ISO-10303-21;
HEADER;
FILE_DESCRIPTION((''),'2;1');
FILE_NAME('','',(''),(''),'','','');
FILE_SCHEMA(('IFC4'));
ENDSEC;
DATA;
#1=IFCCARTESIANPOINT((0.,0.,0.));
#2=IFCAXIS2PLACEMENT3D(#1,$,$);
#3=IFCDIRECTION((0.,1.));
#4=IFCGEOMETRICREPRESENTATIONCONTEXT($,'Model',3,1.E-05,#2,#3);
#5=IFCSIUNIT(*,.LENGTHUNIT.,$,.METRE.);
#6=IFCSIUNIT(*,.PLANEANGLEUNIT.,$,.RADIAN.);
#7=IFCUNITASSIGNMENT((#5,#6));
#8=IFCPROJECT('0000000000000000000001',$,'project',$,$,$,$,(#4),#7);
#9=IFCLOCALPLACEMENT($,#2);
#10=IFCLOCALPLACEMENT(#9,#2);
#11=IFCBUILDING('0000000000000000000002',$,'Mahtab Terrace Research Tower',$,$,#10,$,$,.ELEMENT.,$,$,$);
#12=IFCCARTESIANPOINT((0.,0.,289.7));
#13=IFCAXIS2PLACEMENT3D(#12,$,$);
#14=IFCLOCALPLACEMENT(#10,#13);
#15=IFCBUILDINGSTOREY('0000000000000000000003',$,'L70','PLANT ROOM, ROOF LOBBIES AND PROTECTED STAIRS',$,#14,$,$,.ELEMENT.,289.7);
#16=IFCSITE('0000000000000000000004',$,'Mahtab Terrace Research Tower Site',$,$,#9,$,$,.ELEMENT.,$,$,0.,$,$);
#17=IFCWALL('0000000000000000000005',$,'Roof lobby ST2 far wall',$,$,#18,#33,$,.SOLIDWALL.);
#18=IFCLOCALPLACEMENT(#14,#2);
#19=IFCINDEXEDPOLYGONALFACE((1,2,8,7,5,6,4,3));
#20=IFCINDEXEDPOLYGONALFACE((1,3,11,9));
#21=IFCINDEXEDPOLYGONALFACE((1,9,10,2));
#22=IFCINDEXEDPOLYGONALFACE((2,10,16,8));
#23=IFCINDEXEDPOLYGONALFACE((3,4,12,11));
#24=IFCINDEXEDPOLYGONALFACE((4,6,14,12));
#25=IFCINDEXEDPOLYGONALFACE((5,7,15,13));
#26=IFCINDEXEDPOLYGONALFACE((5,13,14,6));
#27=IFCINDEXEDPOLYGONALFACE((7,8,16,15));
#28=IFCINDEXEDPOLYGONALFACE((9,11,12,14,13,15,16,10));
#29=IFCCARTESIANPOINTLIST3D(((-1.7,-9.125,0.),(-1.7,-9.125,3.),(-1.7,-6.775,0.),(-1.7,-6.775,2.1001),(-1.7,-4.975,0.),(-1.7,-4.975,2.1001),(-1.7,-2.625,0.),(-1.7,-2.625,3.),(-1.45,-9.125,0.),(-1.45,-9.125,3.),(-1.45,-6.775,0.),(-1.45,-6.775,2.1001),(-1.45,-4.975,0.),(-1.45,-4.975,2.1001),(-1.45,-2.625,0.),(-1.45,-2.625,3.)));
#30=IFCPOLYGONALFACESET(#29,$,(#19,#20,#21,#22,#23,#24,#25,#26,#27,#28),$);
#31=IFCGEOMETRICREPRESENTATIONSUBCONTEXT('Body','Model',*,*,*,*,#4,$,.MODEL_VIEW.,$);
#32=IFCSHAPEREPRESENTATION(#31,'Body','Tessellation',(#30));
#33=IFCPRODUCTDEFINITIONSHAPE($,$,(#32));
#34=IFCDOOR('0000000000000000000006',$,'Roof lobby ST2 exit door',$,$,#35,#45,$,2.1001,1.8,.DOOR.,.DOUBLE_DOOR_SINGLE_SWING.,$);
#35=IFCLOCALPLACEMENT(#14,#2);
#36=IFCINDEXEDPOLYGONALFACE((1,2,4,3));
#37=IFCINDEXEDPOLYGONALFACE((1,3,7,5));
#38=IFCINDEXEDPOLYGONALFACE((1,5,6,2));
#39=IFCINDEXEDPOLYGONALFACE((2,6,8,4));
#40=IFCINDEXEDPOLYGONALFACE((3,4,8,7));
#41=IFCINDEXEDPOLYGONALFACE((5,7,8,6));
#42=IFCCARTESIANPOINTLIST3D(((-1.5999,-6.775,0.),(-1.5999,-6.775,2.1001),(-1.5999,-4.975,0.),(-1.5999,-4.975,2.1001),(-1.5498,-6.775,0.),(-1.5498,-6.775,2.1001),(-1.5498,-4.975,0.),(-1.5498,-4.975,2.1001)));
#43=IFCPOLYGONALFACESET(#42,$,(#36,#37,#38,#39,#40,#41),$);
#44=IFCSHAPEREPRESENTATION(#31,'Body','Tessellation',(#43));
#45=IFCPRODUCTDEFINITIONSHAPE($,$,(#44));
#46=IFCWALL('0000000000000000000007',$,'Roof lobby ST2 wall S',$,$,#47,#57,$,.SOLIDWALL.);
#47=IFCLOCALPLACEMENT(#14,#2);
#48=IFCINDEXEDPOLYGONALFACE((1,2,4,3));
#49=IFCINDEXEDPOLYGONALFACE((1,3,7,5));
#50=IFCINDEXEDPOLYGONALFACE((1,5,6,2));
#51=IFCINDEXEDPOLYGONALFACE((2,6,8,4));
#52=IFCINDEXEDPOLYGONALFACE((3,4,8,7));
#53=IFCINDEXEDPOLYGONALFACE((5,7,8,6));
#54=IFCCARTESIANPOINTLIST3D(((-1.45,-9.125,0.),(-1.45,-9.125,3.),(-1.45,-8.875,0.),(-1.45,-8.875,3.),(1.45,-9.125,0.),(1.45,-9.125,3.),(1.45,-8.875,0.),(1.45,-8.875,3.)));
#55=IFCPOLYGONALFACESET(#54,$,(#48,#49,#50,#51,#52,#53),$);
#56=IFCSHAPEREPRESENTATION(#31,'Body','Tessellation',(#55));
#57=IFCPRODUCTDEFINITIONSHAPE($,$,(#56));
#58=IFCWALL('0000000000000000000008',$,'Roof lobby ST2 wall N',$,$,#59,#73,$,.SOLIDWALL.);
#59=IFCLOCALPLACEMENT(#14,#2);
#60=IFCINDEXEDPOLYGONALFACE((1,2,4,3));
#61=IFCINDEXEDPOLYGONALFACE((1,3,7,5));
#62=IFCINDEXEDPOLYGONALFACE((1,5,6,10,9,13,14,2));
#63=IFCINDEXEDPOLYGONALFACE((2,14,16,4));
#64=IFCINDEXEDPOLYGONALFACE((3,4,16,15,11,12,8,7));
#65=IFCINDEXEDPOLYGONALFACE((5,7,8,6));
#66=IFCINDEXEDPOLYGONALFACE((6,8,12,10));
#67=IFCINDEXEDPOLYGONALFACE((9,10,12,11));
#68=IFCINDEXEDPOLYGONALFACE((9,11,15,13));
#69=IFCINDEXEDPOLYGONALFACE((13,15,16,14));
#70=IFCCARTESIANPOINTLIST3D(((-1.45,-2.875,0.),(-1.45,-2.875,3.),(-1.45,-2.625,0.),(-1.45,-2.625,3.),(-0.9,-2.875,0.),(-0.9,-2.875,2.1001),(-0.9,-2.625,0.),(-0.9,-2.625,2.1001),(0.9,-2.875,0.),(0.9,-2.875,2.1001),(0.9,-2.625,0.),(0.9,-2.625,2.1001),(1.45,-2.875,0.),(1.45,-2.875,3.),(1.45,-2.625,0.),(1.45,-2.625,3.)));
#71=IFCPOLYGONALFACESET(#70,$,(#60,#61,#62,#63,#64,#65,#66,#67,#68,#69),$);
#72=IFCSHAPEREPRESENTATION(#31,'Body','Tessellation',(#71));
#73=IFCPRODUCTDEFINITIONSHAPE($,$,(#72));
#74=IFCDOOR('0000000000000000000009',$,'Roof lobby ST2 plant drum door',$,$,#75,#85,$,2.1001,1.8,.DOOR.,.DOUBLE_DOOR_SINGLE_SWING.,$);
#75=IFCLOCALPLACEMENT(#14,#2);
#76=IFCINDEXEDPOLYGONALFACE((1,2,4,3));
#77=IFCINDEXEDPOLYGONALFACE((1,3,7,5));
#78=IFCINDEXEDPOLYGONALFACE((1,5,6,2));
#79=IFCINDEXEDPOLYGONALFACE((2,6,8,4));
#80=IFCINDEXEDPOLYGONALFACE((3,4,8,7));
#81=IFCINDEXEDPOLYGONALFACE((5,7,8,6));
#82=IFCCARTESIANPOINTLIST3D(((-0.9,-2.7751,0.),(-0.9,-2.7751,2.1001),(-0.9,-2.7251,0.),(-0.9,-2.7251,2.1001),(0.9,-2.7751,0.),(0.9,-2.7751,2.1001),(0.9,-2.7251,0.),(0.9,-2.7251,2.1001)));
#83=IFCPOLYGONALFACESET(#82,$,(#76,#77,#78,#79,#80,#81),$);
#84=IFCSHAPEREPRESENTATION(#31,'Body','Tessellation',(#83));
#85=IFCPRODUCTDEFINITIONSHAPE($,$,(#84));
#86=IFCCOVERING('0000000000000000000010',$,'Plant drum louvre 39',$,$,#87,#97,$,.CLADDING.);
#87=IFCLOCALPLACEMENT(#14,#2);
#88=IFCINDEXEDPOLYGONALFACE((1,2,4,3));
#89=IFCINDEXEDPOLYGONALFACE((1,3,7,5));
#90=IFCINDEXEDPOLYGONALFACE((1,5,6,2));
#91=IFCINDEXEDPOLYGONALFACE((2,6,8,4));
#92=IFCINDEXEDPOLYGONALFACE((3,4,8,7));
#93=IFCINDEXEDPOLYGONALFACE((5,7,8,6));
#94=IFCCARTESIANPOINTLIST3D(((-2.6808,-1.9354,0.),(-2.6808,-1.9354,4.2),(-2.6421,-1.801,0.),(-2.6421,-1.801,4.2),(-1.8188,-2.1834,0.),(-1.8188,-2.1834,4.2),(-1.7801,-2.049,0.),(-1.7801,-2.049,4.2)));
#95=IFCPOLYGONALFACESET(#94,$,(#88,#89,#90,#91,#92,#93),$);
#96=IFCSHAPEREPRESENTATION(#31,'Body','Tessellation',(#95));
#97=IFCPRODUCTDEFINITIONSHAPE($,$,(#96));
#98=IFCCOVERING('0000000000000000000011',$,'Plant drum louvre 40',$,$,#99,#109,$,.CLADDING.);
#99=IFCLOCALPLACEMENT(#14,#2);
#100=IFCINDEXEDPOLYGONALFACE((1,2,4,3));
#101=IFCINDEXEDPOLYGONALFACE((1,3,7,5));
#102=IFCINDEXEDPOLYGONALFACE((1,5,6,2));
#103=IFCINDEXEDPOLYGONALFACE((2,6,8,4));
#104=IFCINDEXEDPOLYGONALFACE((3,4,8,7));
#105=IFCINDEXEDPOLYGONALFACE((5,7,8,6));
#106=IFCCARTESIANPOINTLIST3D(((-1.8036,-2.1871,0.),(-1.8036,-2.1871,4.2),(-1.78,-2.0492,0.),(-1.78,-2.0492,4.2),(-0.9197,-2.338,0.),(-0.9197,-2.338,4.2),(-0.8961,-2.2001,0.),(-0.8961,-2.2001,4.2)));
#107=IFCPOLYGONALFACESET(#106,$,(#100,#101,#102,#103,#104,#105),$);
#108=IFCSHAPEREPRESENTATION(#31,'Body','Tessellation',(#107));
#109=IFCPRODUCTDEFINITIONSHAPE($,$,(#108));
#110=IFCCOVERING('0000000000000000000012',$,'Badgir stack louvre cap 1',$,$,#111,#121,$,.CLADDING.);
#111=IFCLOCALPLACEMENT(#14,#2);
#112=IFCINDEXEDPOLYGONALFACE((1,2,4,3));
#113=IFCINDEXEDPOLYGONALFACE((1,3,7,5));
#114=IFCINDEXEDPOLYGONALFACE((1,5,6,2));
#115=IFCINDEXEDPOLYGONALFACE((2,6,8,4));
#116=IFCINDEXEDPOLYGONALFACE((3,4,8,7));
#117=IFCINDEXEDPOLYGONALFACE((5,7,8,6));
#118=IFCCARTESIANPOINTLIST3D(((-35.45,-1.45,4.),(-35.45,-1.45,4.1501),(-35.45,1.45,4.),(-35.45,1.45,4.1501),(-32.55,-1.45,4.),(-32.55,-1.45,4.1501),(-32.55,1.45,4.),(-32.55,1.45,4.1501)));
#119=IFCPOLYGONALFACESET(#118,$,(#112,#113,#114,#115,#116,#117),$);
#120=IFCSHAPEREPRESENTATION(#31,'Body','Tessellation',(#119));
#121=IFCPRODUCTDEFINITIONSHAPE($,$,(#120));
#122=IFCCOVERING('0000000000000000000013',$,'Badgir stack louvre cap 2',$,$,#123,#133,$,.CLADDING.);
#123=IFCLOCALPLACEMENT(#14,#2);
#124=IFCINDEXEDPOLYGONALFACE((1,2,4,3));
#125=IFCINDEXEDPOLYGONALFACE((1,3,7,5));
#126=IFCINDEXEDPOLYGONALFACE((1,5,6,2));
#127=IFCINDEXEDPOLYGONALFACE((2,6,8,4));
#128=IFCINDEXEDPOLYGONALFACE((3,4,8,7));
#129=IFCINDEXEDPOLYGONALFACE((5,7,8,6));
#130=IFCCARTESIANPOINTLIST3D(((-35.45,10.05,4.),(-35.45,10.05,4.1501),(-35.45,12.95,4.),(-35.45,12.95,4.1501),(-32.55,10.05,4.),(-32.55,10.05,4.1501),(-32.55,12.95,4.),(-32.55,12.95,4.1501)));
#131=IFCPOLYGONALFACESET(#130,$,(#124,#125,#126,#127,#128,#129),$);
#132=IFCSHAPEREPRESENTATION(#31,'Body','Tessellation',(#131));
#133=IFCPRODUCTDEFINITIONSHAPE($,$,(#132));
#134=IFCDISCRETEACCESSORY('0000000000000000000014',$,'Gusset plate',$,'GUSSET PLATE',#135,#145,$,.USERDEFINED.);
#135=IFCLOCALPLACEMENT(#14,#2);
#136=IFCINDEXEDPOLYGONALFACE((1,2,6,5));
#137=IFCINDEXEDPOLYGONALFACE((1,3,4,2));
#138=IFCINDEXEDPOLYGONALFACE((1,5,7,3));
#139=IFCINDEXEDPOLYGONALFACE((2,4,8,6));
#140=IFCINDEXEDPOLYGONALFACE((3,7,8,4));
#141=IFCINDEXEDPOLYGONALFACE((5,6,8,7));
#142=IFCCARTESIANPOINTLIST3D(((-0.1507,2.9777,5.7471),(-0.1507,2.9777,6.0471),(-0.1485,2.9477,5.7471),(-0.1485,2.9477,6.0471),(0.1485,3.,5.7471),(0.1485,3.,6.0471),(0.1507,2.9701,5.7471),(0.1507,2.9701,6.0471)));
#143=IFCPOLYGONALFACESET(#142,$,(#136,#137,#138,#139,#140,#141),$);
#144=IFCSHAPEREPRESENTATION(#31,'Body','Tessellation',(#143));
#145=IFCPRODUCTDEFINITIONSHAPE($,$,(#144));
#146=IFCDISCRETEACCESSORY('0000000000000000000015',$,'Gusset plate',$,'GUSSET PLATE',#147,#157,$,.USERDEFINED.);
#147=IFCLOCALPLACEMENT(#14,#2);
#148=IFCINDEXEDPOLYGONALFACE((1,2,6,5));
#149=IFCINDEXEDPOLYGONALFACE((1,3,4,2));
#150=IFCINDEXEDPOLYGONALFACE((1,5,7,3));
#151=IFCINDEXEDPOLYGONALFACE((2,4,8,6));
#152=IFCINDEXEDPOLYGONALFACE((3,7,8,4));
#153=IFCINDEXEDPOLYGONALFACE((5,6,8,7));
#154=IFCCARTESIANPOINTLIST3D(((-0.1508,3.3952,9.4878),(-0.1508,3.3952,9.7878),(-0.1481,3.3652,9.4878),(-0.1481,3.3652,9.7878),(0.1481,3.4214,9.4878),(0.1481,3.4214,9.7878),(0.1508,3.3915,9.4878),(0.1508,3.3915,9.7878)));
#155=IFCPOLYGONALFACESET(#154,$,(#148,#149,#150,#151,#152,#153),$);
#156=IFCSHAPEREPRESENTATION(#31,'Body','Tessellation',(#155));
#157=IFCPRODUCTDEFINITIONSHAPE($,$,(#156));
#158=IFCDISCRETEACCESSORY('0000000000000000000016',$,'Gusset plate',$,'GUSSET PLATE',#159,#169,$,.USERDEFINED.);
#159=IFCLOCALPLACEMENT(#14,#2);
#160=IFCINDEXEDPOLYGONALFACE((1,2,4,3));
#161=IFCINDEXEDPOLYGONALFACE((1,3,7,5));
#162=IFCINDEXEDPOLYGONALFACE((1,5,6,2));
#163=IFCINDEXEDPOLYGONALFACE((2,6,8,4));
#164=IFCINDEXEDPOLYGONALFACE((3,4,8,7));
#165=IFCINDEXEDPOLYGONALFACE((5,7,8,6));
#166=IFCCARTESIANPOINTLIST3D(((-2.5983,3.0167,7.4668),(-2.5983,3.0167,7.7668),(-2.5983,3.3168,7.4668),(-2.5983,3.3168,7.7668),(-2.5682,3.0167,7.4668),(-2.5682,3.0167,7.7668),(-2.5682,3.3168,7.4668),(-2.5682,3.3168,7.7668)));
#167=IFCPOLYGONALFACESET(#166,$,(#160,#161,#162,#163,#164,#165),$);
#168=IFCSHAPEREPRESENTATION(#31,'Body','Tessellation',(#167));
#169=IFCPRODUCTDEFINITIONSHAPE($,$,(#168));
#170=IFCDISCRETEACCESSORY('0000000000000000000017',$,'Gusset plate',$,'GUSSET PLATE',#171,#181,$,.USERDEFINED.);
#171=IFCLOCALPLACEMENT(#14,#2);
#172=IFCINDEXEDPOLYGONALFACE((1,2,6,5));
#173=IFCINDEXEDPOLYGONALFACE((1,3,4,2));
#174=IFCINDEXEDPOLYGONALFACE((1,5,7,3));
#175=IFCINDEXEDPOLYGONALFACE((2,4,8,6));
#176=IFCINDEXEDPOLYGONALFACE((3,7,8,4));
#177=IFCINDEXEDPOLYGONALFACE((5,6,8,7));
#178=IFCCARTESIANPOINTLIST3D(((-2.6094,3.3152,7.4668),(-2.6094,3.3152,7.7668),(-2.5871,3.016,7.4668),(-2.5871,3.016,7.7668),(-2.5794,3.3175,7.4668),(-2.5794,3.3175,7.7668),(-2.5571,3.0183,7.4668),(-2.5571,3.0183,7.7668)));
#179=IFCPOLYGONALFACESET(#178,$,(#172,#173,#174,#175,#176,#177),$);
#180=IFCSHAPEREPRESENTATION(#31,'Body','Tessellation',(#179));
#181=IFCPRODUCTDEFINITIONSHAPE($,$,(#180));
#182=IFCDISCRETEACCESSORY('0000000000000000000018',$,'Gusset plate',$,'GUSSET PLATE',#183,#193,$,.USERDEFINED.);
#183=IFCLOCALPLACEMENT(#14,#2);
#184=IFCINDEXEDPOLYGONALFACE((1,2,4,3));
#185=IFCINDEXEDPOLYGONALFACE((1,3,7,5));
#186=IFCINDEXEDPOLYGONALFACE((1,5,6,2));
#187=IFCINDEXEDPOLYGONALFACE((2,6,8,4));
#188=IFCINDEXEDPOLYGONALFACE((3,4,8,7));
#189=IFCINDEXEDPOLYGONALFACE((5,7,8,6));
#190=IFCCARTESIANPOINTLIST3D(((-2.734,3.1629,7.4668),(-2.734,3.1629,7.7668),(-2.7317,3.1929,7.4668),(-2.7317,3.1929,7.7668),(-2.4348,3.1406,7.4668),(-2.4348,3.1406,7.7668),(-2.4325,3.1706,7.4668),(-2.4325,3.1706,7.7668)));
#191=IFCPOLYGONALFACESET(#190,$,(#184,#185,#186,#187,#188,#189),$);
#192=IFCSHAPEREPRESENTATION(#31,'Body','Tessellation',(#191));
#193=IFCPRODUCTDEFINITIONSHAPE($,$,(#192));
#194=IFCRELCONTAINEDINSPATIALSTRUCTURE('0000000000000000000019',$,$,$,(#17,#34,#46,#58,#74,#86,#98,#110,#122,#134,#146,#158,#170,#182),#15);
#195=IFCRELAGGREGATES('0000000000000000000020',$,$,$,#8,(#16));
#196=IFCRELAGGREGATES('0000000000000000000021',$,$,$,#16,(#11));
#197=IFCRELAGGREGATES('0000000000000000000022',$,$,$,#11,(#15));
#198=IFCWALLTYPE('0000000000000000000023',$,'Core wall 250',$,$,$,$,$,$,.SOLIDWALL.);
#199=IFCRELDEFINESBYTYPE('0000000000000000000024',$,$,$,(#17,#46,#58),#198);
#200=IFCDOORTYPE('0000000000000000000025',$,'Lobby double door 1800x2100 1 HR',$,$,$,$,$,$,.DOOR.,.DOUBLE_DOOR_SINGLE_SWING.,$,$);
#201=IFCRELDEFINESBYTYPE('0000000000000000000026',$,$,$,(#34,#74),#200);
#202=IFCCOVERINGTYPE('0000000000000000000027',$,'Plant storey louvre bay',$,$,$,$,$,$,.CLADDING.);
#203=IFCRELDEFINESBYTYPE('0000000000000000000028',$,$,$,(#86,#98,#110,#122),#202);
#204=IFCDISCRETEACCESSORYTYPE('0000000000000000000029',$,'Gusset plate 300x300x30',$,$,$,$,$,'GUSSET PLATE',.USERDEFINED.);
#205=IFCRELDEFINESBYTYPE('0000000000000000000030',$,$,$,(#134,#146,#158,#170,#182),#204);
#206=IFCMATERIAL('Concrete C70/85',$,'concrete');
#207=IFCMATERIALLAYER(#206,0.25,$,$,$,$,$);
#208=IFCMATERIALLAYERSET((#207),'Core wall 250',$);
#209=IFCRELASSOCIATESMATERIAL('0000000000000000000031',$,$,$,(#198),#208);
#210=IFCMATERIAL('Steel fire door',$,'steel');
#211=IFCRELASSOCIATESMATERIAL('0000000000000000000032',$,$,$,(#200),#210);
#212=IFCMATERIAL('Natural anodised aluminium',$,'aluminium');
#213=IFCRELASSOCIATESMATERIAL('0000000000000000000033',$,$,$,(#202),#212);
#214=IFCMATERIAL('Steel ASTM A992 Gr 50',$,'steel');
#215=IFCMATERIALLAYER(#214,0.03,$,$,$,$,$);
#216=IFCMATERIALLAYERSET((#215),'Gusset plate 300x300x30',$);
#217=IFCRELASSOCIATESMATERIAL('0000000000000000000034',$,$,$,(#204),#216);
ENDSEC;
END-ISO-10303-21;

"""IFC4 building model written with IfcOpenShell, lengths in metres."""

from ifc_helpers import new_model, si_unit, direction, frame, frame_2d, origin, origin_2d, place, context, subcontext, project, spatial, polyline, rectangle, outline, extrude, material, layer, layer_set, type_object, element, fill, save


model = new_model("IFC4")

# Units and contexts
model_context = context("Model", 3, precision=1e-05, world=origin(), true_north=direction((0.0, 1.0)))
body_context = subcontext(model_context, "Body", "Model", "MODEL_VIEW")
ifc_project = project(units=[si_unit("LENGTHUNIT", "METRE"), si_unit("PLANEANGLEUNIT", "RADIAN")], contexts=[model_context])

# Site, building, storey
site_placement = place(None, origin())
site = spatial("IfcSite", under=ifc_project, at=site_placement, Name="Mahtab Terrace Research Tower Site", CompositionType="ELEMENT", RefElevation=0.0)
building_placement = place(site_placement, origin())
building = spatial("IfcBuilding", under=site, at=building_placement, Name="Mahtab Terrace Research Tower", CompositionType="ELEMENT")
storey_placement = place(building_placement, frame((0.0, 0.0, 289.7)))
storey = spatial("IfcBuildingStorey", under=building, at=storey_placement, Name="L70", Description="PLANT ROOM, ROOF LOBBIES AND PROTECTED STAIRS", CompositionType="ELEMENT", Elevation=289.7)

# Shared definitions
ifc_material_1 = material(Name="Concrete C70/85", Category="concrete")
ifc_layer_1 = layer(ifc_material_1, 0.25)
ifc_layer_set_1 = layer_set([ifc_layer_1], Name="Core wall 250")
wall_type_1 = type_object("IfcWallType", Name="Core wall 250", PredefinedType="SOLIDWALL", material=ifc_layer_set_1)

# Wall, opening, door
wall_1_placement = place(storey_placement, frame((-1.575, -9.125, 0.0), z_axis=(0.0, 0.0, 1.0), x_axis=(0.0, 1.0, 0.0)))
wall_1 = element("IfcWall", 1, at=wall_1_placement, inside=storey, type_object=wall_type_1, Name="Roof lobby ST2 far wall", PredefinedType="SOLIDWALL", context=body_context, shape_type="SweptSolid", body=[
    extrude(rectangle(XDim=6.5, YDim=0.25, at=frame_2d((3.25, 0.0))), origin(), (0.0, 0.0, 1.0), 3.0),
])
opening_1_placement = place(wall_1_placement, frame((2.3501, 0.0, 0.0)))
opening_1 = element("IfcOpeningElement", 2, at=opening_1_placement, cuts=wall_1, PredefinedType="OPENING", context=body_context, shape_type="SweptSolid", body=[
    extrude(rectangle(XDim=1.8, YDim=2.1001, at=frame_2d((0.8999, 1.05))), frame((0.0, 0.135, 0.0), z_axis=(0.0, -1.0, 0.0), x_axis=(1.0, 0.0, 0.0)), (0.0, 0.0, 1.0), 0.27),
])
ifc_material_2 = material(Name="Steel fire door", Category="steel")
door_type = type_object("IfcDoorType", Name="Lobby double door 1800x2100 1 HR", OperationType="DOUBLE_DOOR_SINGLE_SWING", PredefinedType="DOOR", material=ifc_material_2)
door_1_placement = place(opening_1_placement, origin())
door_1 = element("IfcDoor", 3, at=door_1_placement, inside=storey, type_object=door_type, Name="Roof lobby ST2 exit door", OperationType="DOUBLE_DOOR_SINGLE_SWING", OverallHeight=2.1001, OverallWidth=1.8, PredefinedType="DOOR", context=body_context, shape_type="SweptSolid", body=[
    extrude(rectangle(XDim=1.8, YDim=2.1001, at=frame_2d((0.8999, 1.05))), frame((0.0, 0.0249, 0.0), z_axis=(0.0, -1.0, 0.0), x_axis=(1.0, 0.0, 0.0)), (0.0, 0.0, 1.0), 0.05),
])
fill(opening_1, door_1)

# Wall
wall_2_placement = place(storey_placement, frame((-1.45, -9.0, 0.0), z_axis=(0.0, 0.0, 1.0), x_axis=(1.0, 0.0, 0.0)))
element("IfcWall", 4, at=wall_2_placement, inside=storey, type_object=wall_type_1, Name="Roof lobby ST2 wall S", PredefinedType="SOLIDWALL", context=body_context, shape_type="SweptSolid", body=[
    extrude(rectangle(XDim=2.8999, YDim=0.25, at=frame_2d((1.45, 0.0))), origin(), (0.0, 0.0, 1.0), 3.0),
])

# Wall, opening, door
wall_3_placement = place(storey_placement, frame((-1.45, -2.75, 0.0), z_axis=(0.0, 0.0, 1.0), x_axis=(1.0, 0.0, 0.0)))
wall_3 = element("IfcWall", 5, at=wall_3_placement, inside=storey, type_object=wall_type_1, Name="Roof lobby ST2 wall N", PredefinedType="SOLIDWALL", context=body_context, shape_type="SweptSolid", body=[
    extrude(rectangle(XDim=2.8999, YDim=0.25, at=frame_2d((1.45, 0.0))), origin(), (0.0, 0.0, 1.0), 3.0),
])
opening_2_placement = place(wall_3_placement, frame((0.55, 0.0, 0.0)))
opening_2 = element("IfcOpeningElement", 6, at=opening_2_placement, cuts=wall_3, PredefinedType="OPENING", context=body_context, shape_type="SweptSolid", body=[
    extrude(rectangle(XDim=1.8, YDim=2.1001, at=frame_2d((0.8999, 1.05))), frame((0.0, 0.135, 0.0), z_axis=(0.0, -1.0, 0.0), x_axis=(1.0, 0.0, 0.0)), (0.0, 0.0, 1.0), 0.27),
])
door_2_placement = place(opening_2_placement, origin())
door_2 = element("IfcDoor", 7, at=door_2_placement, inside=storey, type_object=door_type, Name="Roof lobby ST2 plant drum door", OperationType="DOUBLE_DOOR_SINGLE_SWING", OverallHeight=2.1001, OverallWidth=1.8, PredefinedType="DOOR", context=body_context, shape_type="SweptSolid", body=[
    extrude(rectangle(XDim=1.8, YDim=2.1001, at=frame_2d((0.8999, 1.05))), frame((0.0, 0.0249, 0.0), z_axis=(0.0, -1.0, 0.0), x_axis=(1.0, 0.0, 0.0)), (0.0, 0.0, 1.0), 0.05),
])
fill(opening_2, door_2)

# Coverings
ifc_material_3 = material(Name="Natural anodised aluminium", Category="aluminium")
covering_type = type_object("IfcCoveringType", Name="Plant storey louvre bay", PredefinedType="CLADDING", material=ifc_material_3)
covering_1_placement = place(storey_placement, frame((-2.2305, -1.9922, 0.0), z_axis=(0.0, 0.0, 1.0), x_axis=(0.961017, -0.276488, 0.0)))
element("IfcCovering", 8, at=covering_1_placement, inside=storey, type_object=covering_type, Name="Plant drum louvre 39", PredefinedType="CLADDING", context=body_context, shape_type="SweptSolid", body=[
    extrude(rectangle(XDim=0.897, YDim=0.1399, at=origin_2d()), origin(), (0.0, 0.0, 1.0), 4.2),
])
covering_2_placement = place(storey_placement, frame((-1.3499, -2.1936, 0.0), z_axis=(0.0, 0.0, 1.0), x_axis=(0.985723, -0.168376, 0.0)))
element("IfcCovering", 9, at=covering_2_placement, inside=storey, type_object=covering_type, Name="Plant drum louvre 40", PredefinedType="CLADDING", context=body_context, shape_type="SweptSolid", body=[
    extrude(rectangle(XDim=0.8967, YDim=0.1399, at=origin_2d()), origin(), (0.0, 0.0, 1.0), 4.2),
])
covering_3_placement = place(storey_placement, frame((0.0, 0.0, 4.0)))
element("IfcCovering", 10, at=covering_3_placement, inside=storey, type_object=covering_type, Name="Badgir stack louvre cap 1", PredefinedType="CLADDING", context=body_context, shape_type="SweptSolid", body=[
    extrude(outline(polyline([(-32.55, -1.45), (-32.55, 1.45), (-35.45, 1.45), (-35.45, -1.45), (-32.55, -1.45)])), origin(), (0.0, 0.0, 1.0), 0.1501),
])
covering_4_placement = place(storey_placement, frame((0.0, 0.0, 4.0)))
element("IfcCovering", 11, at=covering_4_placement, inside=storey, type_object=covering_type, Name="Badgir stack louvre cap 2", PredefinedType="CLADDING", context=body_context, shape_type="SweptSolid", body=[
    extrude(outline(polyline([(-32.55, 10.05), (-32.55, 12.95), (-35.45, 12.95), (-35.45, 10.05), (-32.55, 10.05)])), origin(), (0.0, 0.0, 1.0), 0.1501),
])

# Discrete accessories
ifc_material_4 = material(Name="Steel ASTM A992 Gr 50", Category="steel")
ifc_layer_2 = layer(ifc_material_4, 0.03)
ifc_layer_set_2 = layer_set([ifc_layer_2], Name="Gusset plate 300x300x30")
discrete_accessory_type = type_object("IfcDiscreteAccessoryType", Name="Gusset plate 300x300x30", ElementType="GUSSET PLATE", PredefinedType="USERDEFINED", material=ifc_layer_set_2)
for number, where, z_axis, x_axis, name in (
    (12, (0.0, 2.9739, 5.7471), (0.0, 0.0, 1.0), (0.997227, 0.074422, 0.0), "Gusset plate"),
    (13, (0.0, 3.3933, 9.4878), (0.0, 0.0, 1.0), (0.996175, 0.087382, 0.0), "Gusset plate"),
    (14, (-2.5833, 3.1667, 7.4668), (0.0, 0.0, 1.0), (0.0, 1.0, 0.0), "Gusset plate"),
    (15, (-2.5833, 3.1667, 7.4668), (0.0, 0.0, 1.0), (-0.074422, 0.997227, 0.0), "Gusset plate"),
    (16, (-2.5833, 3.1667, 7.4668), (0.0, 0.0, 1.0), (-0.997228, 0.074404, 0.0), "Gusset plate"),
):
    element("IfcDiscreteAccessory", number, at=place(storey_placement, frame(where, z_axis=z_axis, x_axis=x_axis)), inside=storey, type_object=discrete_accessory_type, Name=name, ObjectType="GUSSET PLATE", PredefinedType="USERDEFINED", context=body_context, shape_type="SweptSolid", body=[
        extrude(rectangle(XDim=0.3, YDim=0.03, at=origin_2d()), origin(), (0.0, 0.0, 1.0), 0.3),
    ])

save(model, "model.ifc")
